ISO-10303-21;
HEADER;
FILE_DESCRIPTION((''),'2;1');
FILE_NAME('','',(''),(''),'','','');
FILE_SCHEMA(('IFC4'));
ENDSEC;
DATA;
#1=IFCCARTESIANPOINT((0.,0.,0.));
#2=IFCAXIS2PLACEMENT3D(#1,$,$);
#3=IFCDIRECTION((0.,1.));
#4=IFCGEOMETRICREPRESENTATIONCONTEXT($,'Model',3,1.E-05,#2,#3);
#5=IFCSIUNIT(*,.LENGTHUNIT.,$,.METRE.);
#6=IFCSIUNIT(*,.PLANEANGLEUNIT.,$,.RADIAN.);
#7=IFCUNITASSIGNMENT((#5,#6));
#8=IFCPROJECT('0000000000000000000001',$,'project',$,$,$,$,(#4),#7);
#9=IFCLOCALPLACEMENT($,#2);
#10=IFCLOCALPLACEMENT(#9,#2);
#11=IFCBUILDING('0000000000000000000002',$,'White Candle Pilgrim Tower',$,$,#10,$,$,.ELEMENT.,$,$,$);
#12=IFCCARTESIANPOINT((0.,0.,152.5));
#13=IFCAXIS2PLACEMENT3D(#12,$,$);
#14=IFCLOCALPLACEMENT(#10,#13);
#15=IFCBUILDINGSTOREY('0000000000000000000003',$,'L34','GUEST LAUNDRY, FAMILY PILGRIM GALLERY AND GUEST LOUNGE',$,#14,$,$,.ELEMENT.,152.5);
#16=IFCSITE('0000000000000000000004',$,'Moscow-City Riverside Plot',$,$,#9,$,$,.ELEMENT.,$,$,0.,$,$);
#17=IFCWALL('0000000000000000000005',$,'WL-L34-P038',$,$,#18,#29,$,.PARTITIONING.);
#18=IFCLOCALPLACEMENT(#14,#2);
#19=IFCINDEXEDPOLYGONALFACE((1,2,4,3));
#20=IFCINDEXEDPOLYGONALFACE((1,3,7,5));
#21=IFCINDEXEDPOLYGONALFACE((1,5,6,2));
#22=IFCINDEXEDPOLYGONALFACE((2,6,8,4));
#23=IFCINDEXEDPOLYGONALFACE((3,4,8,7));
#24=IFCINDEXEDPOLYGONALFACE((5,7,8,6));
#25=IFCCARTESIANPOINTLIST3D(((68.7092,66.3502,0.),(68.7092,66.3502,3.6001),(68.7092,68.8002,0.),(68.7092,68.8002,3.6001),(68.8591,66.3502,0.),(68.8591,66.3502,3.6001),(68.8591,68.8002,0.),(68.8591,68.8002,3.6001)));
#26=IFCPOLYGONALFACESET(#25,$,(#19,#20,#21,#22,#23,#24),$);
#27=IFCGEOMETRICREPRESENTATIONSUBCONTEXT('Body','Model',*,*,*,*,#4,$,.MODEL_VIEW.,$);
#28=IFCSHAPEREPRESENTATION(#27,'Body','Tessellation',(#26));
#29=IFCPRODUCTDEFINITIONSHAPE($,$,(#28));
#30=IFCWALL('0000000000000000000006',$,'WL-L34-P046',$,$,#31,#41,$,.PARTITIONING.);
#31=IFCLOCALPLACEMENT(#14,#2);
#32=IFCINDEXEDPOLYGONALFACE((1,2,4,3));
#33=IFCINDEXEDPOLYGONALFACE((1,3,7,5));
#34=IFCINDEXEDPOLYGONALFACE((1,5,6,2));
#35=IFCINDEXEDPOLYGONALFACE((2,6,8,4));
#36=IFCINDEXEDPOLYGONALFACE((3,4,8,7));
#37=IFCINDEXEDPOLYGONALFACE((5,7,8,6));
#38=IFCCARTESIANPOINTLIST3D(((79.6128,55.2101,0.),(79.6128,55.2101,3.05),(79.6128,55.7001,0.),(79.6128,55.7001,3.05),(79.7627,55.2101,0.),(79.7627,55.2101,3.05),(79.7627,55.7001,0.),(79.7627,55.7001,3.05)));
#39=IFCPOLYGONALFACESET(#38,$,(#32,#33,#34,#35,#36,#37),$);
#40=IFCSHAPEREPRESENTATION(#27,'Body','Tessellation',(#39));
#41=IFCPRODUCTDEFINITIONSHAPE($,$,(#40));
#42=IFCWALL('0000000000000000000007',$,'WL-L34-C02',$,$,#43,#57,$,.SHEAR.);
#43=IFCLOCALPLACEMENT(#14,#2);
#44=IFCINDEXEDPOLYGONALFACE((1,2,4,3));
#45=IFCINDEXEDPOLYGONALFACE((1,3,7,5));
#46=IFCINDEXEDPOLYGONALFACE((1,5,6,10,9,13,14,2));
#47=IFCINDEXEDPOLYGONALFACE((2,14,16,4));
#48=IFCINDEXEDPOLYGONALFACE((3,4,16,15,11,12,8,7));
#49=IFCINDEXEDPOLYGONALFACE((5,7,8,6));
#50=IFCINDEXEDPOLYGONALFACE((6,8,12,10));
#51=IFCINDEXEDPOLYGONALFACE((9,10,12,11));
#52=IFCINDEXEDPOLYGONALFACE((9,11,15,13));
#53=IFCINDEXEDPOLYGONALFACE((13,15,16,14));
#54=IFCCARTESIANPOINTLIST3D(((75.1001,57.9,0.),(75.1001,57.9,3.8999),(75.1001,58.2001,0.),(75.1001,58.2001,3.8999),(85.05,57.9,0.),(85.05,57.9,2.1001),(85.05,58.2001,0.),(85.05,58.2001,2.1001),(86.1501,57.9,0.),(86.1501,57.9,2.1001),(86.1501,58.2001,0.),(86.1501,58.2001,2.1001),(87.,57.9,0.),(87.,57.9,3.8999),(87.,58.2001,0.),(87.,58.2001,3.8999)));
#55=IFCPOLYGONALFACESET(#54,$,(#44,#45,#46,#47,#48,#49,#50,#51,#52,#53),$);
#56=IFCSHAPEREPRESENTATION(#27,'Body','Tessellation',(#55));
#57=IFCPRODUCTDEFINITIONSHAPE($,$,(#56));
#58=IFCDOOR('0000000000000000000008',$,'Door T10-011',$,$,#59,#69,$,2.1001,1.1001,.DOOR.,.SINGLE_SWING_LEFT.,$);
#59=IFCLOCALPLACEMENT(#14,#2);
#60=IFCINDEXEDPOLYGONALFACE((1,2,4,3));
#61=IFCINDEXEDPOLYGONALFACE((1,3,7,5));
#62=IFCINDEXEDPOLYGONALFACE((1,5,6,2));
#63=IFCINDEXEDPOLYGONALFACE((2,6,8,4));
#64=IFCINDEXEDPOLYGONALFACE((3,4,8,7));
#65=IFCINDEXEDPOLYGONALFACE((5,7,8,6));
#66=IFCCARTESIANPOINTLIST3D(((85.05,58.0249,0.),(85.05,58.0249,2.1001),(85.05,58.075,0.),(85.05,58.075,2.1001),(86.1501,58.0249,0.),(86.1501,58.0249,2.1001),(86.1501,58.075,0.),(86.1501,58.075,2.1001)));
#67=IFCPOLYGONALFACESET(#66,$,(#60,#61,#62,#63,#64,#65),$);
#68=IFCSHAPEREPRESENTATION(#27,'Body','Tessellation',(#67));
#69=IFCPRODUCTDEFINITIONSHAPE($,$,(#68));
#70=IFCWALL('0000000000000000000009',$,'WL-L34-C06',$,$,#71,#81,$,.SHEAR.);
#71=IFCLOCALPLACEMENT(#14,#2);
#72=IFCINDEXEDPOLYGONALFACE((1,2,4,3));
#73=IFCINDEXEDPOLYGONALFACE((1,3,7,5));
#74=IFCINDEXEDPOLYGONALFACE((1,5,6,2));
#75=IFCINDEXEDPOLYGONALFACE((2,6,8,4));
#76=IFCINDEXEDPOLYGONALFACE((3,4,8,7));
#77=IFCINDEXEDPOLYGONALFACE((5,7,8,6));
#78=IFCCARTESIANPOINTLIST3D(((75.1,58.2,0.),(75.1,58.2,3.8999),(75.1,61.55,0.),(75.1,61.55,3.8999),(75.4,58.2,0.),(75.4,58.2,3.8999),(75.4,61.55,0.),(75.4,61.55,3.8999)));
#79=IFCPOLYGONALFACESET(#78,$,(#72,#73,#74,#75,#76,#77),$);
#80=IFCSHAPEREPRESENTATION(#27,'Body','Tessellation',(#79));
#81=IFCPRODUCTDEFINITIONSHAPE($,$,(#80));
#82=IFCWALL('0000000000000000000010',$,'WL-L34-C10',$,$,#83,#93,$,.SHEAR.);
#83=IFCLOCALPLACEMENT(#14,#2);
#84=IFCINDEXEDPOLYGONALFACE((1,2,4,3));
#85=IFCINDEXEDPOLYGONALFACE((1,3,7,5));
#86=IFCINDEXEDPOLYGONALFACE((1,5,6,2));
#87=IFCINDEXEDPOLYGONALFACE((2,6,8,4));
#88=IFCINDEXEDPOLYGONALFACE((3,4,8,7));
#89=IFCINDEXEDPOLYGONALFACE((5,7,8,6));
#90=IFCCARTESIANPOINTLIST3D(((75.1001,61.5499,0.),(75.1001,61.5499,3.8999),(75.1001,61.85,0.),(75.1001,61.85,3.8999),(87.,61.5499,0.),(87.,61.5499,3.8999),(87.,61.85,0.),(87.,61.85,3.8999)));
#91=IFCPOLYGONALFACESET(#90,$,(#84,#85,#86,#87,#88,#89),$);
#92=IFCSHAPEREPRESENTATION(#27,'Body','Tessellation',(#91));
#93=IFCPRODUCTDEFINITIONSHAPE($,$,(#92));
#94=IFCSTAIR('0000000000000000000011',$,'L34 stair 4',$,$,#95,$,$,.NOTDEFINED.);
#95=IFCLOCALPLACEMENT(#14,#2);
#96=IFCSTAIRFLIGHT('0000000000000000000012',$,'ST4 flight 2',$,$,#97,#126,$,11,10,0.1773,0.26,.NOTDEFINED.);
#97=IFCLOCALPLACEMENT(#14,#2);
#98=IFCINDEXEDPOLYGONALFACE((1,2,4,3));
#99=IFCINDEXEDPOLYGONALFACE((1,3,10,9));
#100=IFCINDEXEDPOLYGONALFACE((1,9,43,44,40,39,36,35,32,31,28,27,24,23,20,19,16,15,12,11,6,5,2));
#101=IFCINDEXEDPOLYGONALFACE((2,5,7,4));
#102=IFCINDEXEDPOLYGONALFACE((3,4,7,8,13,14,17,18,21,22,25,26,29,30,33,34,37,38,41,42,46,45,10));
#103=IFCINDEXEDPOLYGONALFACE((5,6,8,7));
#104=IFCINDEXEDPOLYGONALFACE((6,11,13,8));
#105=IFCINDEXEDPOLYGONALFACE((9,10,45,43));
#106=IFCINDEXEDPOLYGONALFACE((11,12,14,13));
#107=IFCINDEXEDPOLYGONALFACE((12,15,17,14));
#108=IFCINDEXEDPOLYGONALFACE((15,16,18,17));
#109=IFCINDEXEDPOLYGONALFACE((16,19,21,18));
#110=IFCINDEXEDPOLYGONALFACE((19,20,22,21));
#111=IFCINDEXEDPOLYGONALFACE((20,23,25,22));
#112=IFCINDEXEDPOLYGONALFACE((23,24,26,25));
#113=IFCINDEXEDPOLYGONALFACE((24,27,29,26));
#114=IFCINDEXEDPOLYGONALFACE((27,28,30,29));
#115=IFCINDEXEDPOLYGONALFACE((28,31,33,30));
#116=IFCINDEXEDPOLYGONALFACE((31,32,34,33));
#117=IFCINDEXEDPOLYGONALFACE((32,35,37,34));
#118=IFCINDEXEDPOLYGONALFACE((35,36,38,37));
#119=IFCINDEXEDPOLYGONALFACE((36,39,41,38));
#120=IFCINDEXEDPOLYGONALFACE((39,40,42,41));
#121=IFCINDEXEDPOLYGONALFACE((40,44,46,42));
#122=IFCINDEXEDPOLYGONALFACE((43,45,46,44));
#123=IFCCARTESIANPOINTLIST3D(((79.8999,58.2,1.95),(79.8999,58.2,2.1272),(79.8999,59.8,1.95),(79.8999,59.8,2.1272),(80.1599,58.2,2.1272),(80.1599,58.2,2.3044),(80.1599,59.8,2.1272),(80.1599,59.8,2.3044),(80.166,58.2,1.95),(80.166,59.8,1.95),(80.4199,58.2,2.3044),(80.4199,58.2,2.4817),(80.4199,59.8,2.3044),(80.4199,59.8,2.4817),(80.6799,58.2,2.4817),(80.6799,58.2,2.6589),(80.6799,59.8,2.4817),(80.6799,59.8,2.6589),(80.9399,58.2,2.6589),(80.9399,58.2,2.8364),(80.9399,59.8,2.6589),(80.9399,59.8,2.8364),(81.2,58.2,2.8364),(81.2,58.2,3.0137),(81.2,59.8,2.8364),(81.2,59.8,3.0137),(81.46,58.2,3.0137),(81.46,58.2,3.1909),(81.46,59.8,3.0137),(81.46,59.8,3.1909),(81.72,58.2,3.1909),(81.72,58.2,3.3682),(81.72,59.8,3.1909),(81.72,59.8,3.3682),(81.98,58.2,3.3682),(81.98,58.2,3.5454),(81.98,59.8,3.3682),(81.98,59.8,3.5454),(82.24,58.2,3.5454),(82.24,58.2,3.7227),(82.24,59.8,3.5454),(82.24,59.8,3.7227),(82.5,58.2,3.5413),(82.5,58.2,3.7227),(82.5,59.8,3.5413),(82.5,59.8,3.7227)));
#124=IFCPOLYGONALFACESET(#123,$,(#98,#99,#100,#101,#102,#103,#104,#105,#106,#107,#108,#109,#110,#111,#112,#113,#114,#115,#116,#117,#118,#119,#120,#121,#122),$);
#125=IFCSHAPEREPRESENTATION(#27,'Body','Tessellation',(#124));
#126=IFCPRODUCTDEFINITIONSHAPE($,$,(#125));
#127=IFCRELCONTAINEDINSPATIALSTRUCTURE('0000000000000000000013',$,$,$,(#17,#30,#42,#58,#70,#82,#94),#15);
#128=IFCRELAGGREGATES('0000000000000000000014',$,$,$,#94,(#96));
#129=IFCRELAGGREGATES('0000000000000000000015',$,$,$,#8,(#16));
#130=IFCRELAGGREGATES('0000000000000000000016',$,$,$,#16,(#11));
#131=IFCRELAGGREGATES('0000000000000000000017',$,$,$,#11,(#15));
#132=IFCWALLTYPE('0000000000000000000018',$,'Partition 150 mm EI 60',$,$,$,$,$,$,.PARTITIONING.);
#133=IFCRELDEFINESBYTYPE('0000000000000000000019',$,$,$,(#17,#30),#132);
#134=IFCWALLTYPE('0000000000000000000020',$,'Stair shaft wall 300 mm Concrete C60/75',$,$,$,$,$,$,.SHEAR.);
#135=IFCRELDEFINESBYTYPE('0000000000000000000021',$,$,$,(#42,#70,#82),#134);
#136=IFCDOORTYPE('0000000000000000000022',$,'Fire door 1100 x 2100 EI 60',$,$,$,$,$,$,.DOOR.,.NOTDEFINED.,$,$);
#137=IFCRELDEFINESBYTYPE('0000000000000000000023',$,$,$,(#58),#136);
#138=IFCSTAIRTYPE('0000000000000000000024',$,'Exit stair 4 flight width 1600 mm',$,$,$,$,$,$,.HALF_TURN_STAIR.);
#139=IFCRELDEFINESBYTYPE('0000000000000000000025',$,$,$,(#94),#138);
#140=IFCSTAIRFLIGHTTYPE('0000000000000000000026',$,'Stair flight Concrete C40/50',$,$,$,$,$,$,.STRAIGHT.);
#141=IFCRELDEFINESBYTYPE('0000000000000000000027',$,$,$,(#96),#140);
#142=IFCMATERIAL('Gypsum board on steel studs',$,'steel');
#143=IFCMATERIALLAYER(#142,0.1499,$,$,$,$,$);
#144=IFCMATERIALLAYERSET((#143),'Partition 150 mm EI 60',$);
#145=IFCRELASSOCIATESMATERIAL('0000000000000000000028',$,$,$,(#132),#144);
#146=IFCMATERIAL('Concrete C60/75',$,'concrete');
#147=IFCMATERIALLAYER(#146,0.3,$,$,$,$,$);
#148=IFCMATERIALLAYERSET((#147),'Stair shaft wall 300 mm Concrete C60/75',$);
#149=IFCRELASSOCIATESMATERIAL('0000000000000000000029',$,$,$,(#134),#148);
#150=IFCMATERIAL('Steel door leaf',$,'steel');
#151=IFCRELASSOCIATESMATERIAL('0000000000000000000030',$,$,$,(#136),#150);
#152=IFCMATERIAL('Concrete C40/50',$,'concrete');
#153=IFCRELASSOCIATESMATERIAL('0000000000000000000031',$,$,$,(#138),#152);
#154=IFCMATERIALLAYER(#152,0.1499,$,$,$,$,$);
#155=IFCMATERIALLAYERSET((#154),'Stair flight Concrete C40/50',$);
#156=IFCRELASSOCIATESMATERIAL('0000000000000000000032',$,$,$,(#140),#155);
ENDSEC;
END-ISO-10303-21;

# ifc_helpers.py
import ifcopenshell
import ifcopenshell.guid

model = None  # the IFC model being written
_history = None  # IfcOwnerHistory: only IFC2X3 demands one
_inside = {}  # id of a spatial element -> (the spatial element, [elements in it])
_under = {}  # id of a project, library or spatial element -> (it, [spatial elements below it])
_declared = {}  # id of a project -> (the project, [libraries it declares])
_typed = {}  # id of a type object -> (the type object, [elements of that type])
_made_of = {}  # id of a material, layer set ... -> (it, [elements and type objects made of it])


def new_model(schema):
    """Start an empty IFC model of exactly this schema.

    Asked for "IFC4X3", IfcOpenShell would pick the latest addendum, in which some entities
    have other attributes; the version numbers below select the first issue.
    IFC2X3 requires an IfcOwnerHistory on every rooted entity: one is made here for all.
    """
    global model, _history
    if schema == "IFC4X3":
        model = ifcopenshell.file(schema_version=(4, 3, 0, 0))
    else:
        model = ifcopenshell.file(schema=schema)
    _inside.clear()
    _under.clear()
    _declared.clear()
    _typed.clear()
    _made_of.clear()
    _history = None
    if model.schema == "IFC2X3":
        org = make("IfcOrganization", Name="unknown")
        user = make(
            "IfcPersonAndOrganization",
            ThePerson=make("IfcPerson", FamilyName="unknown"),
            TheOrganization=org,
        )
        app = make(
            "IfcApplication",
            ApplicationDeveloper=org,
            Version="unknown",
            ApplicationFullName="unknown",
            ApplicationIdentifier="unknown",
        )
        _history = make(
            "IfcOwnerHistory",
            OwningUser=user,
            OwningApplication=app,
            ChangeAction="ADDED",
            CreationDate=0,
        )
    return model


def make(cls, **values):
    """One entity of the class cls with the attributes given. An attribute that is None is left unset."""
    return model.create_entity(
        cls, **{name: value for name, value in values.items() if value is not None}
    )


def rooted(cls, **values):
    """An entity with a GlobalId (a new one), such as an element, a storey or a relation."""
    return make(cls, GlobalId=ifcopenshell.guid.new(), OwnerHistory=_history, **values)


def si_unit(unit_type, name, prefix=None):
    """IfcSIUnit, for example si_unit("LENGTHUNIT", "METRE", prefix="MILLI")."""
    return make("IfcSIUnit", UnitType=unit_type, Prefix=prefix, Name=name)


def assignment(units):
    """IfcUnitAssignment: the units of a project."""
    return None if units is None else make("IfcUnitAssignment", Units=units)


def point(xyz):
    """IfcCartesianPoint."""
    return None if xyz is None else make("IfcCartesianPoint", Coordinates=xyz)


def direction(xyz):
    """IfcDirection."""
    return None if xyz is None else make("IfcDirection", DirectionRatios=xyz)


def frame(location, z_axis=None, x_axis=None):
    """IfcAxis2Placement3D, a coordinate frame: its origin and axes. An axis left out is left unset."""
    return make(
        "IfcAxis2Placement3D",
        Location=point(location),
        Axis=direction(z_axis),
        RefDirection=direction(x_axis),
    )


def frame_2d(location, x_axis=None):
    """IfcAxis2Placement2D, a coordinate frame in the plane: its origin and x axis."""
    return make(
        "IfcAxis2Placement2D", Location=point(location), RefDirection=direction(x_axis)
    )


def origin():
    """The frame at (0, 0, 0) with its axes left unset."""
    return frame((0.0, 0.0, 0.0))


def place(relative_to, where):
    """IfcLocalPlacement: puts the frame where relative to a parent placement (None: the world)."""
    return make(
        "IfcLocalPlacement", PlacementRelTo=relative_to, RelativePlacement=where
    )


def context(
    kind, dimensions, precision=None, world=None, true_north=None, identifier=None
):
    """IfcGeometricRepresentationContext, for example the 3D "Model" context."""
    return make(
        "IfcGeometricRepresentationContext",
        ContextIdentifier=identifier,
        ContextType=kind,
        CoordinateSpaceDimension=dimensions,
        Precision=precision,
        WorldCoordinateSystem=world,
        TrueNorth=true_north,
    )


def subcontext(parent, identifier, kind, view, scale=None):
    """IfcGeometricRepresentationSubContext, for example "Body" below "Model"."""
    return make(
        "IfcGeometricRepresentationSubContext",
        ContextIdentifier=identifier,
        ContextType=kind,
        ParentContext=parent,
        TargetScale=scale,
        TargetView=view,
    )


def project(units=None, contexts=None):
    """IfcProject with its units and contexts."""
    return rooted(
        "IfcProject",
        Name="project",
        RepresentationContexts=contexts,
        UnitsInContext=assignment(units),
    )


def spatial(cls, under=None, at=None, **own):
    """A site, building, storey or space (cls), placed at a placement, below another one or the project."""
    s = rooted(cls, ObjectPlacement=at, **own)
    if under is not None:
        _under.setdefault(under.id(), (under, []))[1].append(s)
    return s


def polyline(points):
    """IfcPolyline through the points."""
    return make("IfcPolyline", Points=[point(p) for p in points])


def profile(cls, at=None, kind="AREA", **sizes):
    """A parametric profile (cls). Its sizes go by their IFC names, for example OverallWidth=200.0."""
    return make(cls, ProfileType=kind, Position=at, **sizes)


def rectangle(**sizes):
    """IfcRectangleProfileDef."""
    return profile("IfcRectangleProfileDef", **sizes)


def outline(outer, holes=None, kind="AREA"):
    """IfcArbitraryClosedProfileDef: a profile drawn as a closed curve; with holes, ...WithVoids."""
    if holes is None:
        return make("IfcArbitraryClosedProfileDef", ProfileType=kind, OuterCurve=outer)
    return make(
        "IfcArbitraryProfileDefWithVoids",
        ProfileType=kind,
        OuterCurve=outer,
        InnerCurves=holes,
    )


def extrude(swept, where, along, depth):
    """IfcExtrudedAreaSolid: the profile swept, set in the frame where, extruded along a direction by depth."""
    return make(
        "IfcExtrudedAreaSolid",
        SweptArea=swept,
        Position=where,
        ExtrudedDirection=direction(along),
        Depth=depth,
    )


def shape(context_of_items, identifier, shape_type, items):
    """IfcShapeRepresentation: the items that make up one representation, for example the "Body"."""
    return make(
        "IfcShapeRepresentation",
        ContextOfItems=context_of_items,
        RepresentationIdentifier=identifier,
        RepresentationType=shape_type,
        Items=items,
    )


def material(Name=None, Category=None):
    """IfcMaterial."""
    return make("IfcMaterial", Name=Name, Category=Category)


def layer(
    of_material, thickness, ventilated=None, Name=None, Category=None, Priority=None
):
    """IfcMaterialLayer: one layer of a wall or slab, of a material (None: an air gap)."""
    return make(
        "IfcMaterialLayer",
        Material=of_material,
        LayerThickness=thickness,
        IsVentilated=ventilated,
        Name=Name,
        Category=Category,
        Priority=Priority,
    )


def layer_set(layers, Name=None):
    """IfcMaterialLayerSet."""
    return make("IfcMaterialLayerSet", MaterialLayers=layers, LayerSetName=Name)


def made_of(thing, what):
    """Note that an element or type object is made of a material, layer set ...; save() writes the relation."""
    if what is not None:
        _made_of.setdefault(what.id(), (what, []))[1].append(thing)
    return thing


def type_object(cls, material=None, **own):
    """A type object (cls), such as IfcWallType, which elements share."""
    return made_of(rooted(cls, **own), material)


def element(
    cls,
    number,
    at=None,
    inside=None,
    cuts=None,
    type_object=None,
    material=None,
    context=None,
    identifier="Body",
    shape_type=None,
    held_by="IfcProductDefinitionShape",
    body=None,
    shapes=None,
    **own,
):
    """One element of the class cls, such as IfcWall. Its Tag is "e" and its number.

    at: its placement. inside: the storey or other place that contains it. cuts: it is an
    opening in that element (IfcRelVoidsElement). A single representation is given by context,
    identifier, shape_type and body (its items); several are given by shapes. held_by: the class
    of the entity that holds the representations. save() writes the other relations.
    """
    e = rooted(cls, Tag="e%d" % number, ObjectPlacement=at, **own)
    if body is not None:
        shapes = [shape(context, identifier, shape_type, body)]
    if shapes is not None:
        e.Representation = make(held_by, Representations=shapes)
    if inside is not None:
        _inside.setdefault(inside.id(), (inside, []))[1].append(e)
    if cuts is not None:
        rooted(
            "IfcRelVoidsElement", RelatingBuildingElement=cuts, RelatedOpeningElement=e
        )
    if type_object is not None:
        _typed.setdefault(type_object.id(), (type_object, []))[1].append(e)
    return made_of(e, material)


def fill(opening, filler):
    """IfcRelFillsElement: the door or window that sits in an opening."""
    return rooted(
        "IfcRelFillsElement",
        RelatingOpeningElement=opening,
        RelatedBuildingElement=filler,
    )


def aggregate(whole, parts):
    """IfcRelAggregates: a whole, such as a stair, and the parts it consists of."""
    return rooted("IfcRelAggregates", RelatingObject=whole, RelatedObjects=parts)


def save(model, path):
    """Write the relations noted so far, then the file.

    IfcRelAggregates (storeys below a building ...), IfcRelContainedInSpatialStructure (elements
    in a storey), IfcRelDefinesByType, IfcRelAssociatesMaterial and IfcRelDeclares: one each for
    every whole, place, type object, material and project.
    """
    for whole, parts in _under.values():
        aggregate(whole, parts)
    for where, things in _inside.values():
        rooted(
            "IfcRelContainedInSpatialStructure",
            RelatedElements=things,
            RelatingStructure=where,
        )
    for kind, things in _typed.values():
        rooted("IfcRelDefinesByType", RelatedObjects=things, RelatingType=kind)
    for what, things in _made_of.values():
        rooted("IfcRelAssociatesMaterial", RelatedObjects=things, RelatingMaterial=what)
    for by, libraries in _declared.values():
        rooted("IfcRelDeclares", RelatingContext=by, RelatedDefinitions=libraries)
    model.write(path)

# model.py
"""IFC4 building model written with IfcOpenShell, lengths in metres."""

from ifc_helpers import new_model, si_unit, direction, frame, frame_2d, origin, place, context, subcontext, project, spatial, polyline, rectangle, outline, extrude, material, layer, layer_set, type_object, element, fill, aggregate, save


model = new_model("IFC4")

# Units and contexts
model_context = context("Model", 3, precision=1e-05, world=origin(), true_north=direction((0.0, 1.0)))
body_context = subcontext(model_context, "Body", "Model", "MODEL_VIEW")
ifc_project = project(units=[si_unit("LENGTHUNIT", "METRE"), si_unit("PLANEANGLEUNIT", "RADIAN")], contexts=[model_context])

# Site, building, storey
site_placement = place(None, origin())
site = spatial("IfcSite", under=ifc_project, at=site_placement, Name="Moscow-City Riverside Plot", CompositionType="ELEMENT", RefElevation=0.0)
building_placement = place(site_placement, origin())
building = spatial("IfcBuilding", under=site, at=building_placement, Name="White Candle Pilgrim Tower", CompositionType="ELEMENT")
storey_placement = place(building_placement, frame((0.0, 0.0, 152.5)))
storey = spatial("IfcBuildingStorey", under=building, at=storey_placement, Name="L34", Description="GUEST LAUNDRY, FAMILY PILGRIM GALLERY AND GUEST LOUNGE", CompositionType="ELEMENT", Elevation=152.5)

# Shared definitions
ifc_material_1 = material(Name="Gypsum board on steel studs", Category="steel")
ifc_material_2 = material(Name="Steel door leaf", Category="steel")

# Walls
ifc_layer_1 = layer(ifc_material_1, 0.1499)
ifc_layer_set_1 = layer_set([ifc_layer_1], Name="Partition 150 mm EI 60")
wall_type_1 = type_object("IfcWallType", Name="Partition 150 mm EI 60", PredefinedType="PARTITIONING", material=ifc_layer_set_1)
wall_1_placement = place(storey_placement, frame((68.7842, 66.3501, 0.0), z_axis=(0.0, 0.0, 1.0), x_axis=(0.0, 1.0, 0.0)))
element("IfcWall", 1, at=wall_1_placement, inside=storey, type_object=wall_type_1, Name="WL-L34-P038", PredefinedType="PARTITIONING", context=body_context, shape_type="SweptSolid", body=[
    extrude(rectangle(XDim=2.45, YDim=0.1499, at=frame_2d((1.2251, 0.0))), origin(), (0.0, 0.0, 1.0), 3.6001),
])
wall_2_placement = place(storey_placement, frame((79.6877, 55.21, 0.0), z_axis=(0.0, 0.0, 1.0), x_axis=(0.0, 1.0, 0.0)))
element("IfcWall", 2, at=wall_2_placement, inside=storey, type_object=wall_type_1, Name="WL-L34-P046", PredefinedType="PARTITIONING", context=body_context, shape_type="SweptSolid", body=[
    extrude(rectangle(XDim=0.49, YDim=0.1499, at=frame_2d((0.2451, 0.0))), origin(), (0.0, 0.0, 1.0), 3.05),
])

# Wall, opening, door
ifc_material_3 = material(Name="Concrete C60/75", Category="concrete")
ifc_layer_2 = layer(ifc_material_3, 0.3)
ifc_layer_set_2 = layer_set([ifc_layer_2], Name="Stair shaft wall 300 mm Concrete C60/75")
wall_type_2 = type_object("IfcWallType", Name="Stair shaft wall 300 mm Concrete C60/75", PredefinedType="SHEAR", material=ifc_layer_set_2)
wall_3_placement = place(storey_placement, frame((75.1001, 58.05, 0.0), z_axis=(0.0, 0.0, 1.0), x_axis=(1.0, 0.0, 0.0)))
wall_3 = element("IfcWall", 3, at=wall_3_placement, inside=storey, type_object=wall_type_2, Name="WL-L34-C02", PredefinedType="SHEAR", context=body_context, shape_type="SweptSolid", body=[
    extrude(rectangle(XDim=11.8999, YDim=0.3, at=frame_2d((5.95, 0.0))), origin(), (0.0, 0.0, 1.0), 3.8999),
])
opening_1_placement = place(wall_3_placement, frame((9.95, 0.0, 0.0)))
opening_1 = element("IfcOpeningElement", 4, at=opening_1_placement, cuts=wall_3, PredefinedType="OPENING", context=body_context, shape_type="SweptSolid", body=[
    extrude(rectangle(XDim=1.1001, YDim=2.1001, at=frame_2d((0.55, 1.05))), frame((0.0, 0.1599, 0.0), z_axis=(0.0, -1.0, 0.0), x_axis=(1.0, 0.0, 0.0)), (0.0, 0.0, 1.0), 0.3201),
])
door_type_1 = type_object("IfcDoorType", Name="Fire door 1100 x 2100 EI 60", OperationType="NOTDEFINED", PredefinedType="DOOR", material=ifc_material_2)
door_1_placement = place(opening_1_placement, origin())
door_1 = element("IfcDoor", 5, at=door_1_placement, inside=storey, type_object=door_type_1, Name="Door T10-011", OperationType="SINGLE_SWING_LEFT", OverallHeight=2.1001, OverallWidth=1.1001, PredefinedType="DOOR", context=body_context, shape_type="SweptSolid", body=[
    extrude(rectangle(XDim=1.1001, YDim=2.1001, at=frame_2d((0.55, 1.05))), frame((0.0, 0.0249, 0.0), z_axis=(0.0, -1.0, 0.0), x_axis=(1.0, 0.0, 0.0)), (0.0, 0.0, 1.0), 0.05),
])
fill(opening_1, door_1)

# Walls
wall_4_placement = place(storey_placement, frame((75.25, 58.2, 0.0), z_axis=(0.0, 0.0, 1.0), x_axis=(0.0, 1.0, 0.0)))
element("IfcWall", 6, at=wall_4_placement, inside=storey, type_object=wall_type_2, Name="WL-L34-C06", PredefinedType="SHEAR", context=body_context, shape_type="SweptSolid", body=[
    extrude(rectangle(XDim=3.3501, YDim=0.3, at=frame_2d((1.675, 0.0))), origin(), (0.0, 0.0, 1.0), 3.8999),
])
wall_5_placement = place(storey_placement, frame((75.1001, 61.7, 0.0), z_axis=(0.0, 0.0, 1.0), x_axis=(1.0, 0.0, 0.0)))
element("IfcWall", 7, at=wall_5_placement, inside=storey, type_object=wall_type_2, Name="WL-L34-C10", PredefinedType="SHEAR", context=body_context, shape_type="SweptSolid", body=[
    extrude(rectangle(XDim=11.8999, YDim=0.3, at=frame_2d((5.95, 0.0))), origin(), (0.0, 0.0, 1.0), 3.8999),
])

# Stair, stair flight
ifc_material_4 = material(Name="Concrete C40/50", Category="concrete")
stair_type = type_object("IfcStairType", Name="Exit stair 4 flight width 1600 mm", PredefinedType="HALF_TURN_STAIR", material=ifc_material_4)
stair_placement = place(storey_placement, origin())
stair = element("IfcStair", 8, at=stair_placement, inside=storey, type_object=stair_type, Name="L34 stair 4", PredefinedType="NOTDEFINED")
ifc_layer_3 = layer(ifc_material_4, 0.1499)
ifc_layer_set_3 = layer_set([ifc_layer_3], Name="Stair flight Concrete C40/50")
stair_flight_type = type_object("IfcStairFlightType", Name="Stair flight Concrete C40/50", PredefinedType="STRAIGHT", material=ifc_layer_set_3)
stair_flight_placement = place(storey_placement, frame((79.8999, 59.0, 1.95), z_axis=(0.0, 0.0, 1.0), x_axis=(1.0, 0.0, 0.0)))
stair_flight = element("IfcStairFlight", 9, at=stair_flight_placement, type_object=stair_flight_type, Name="ST4 flight 2", NumberOfRisers=11, NumberOfTreads=10, PredefinedType="NOTDEFINED", RiserHeight=0.1773, TreadLength=0.26, context=body_context, shape_type="SweptSolid", body=[
    extrude(outline(polyline([(0.0, 0.0), (0.0, 0.1772), (0.26, 0.1772), (0.26, 0.3545), (0.52, 0.3545), (0.52, 0.5317), (0.78, 0.5317), (0.78, 0.709), (1.04, 0.709), (1.04, 0.8865), (1.3, 0.8865), (1.3, 1.0637), (1.5601, 1.0637), (1.5601, 1.241), (1.8201, 1.241), (1.8201, 1.4182), (2.0801, 1.4182), (2.0801, 1.5955), (2.3401, 1.5955), (2.3401, 1.7727), (2.6001, 1.7727), (2.6001, 1.95), (2.6001, 1.5913), (0.2661, 0.0), (0.0, 0.0)])), frame((0.0, 0.8, 0.0), z_axis=(0.0, -1.0, 0.0), x_axis=(1.0, 0.0, 0.0)), (0.0, 0.0, 1.0), 1.6001),
])
aggregate(stair, [stair_flight])

save(model, "model.ifc")
